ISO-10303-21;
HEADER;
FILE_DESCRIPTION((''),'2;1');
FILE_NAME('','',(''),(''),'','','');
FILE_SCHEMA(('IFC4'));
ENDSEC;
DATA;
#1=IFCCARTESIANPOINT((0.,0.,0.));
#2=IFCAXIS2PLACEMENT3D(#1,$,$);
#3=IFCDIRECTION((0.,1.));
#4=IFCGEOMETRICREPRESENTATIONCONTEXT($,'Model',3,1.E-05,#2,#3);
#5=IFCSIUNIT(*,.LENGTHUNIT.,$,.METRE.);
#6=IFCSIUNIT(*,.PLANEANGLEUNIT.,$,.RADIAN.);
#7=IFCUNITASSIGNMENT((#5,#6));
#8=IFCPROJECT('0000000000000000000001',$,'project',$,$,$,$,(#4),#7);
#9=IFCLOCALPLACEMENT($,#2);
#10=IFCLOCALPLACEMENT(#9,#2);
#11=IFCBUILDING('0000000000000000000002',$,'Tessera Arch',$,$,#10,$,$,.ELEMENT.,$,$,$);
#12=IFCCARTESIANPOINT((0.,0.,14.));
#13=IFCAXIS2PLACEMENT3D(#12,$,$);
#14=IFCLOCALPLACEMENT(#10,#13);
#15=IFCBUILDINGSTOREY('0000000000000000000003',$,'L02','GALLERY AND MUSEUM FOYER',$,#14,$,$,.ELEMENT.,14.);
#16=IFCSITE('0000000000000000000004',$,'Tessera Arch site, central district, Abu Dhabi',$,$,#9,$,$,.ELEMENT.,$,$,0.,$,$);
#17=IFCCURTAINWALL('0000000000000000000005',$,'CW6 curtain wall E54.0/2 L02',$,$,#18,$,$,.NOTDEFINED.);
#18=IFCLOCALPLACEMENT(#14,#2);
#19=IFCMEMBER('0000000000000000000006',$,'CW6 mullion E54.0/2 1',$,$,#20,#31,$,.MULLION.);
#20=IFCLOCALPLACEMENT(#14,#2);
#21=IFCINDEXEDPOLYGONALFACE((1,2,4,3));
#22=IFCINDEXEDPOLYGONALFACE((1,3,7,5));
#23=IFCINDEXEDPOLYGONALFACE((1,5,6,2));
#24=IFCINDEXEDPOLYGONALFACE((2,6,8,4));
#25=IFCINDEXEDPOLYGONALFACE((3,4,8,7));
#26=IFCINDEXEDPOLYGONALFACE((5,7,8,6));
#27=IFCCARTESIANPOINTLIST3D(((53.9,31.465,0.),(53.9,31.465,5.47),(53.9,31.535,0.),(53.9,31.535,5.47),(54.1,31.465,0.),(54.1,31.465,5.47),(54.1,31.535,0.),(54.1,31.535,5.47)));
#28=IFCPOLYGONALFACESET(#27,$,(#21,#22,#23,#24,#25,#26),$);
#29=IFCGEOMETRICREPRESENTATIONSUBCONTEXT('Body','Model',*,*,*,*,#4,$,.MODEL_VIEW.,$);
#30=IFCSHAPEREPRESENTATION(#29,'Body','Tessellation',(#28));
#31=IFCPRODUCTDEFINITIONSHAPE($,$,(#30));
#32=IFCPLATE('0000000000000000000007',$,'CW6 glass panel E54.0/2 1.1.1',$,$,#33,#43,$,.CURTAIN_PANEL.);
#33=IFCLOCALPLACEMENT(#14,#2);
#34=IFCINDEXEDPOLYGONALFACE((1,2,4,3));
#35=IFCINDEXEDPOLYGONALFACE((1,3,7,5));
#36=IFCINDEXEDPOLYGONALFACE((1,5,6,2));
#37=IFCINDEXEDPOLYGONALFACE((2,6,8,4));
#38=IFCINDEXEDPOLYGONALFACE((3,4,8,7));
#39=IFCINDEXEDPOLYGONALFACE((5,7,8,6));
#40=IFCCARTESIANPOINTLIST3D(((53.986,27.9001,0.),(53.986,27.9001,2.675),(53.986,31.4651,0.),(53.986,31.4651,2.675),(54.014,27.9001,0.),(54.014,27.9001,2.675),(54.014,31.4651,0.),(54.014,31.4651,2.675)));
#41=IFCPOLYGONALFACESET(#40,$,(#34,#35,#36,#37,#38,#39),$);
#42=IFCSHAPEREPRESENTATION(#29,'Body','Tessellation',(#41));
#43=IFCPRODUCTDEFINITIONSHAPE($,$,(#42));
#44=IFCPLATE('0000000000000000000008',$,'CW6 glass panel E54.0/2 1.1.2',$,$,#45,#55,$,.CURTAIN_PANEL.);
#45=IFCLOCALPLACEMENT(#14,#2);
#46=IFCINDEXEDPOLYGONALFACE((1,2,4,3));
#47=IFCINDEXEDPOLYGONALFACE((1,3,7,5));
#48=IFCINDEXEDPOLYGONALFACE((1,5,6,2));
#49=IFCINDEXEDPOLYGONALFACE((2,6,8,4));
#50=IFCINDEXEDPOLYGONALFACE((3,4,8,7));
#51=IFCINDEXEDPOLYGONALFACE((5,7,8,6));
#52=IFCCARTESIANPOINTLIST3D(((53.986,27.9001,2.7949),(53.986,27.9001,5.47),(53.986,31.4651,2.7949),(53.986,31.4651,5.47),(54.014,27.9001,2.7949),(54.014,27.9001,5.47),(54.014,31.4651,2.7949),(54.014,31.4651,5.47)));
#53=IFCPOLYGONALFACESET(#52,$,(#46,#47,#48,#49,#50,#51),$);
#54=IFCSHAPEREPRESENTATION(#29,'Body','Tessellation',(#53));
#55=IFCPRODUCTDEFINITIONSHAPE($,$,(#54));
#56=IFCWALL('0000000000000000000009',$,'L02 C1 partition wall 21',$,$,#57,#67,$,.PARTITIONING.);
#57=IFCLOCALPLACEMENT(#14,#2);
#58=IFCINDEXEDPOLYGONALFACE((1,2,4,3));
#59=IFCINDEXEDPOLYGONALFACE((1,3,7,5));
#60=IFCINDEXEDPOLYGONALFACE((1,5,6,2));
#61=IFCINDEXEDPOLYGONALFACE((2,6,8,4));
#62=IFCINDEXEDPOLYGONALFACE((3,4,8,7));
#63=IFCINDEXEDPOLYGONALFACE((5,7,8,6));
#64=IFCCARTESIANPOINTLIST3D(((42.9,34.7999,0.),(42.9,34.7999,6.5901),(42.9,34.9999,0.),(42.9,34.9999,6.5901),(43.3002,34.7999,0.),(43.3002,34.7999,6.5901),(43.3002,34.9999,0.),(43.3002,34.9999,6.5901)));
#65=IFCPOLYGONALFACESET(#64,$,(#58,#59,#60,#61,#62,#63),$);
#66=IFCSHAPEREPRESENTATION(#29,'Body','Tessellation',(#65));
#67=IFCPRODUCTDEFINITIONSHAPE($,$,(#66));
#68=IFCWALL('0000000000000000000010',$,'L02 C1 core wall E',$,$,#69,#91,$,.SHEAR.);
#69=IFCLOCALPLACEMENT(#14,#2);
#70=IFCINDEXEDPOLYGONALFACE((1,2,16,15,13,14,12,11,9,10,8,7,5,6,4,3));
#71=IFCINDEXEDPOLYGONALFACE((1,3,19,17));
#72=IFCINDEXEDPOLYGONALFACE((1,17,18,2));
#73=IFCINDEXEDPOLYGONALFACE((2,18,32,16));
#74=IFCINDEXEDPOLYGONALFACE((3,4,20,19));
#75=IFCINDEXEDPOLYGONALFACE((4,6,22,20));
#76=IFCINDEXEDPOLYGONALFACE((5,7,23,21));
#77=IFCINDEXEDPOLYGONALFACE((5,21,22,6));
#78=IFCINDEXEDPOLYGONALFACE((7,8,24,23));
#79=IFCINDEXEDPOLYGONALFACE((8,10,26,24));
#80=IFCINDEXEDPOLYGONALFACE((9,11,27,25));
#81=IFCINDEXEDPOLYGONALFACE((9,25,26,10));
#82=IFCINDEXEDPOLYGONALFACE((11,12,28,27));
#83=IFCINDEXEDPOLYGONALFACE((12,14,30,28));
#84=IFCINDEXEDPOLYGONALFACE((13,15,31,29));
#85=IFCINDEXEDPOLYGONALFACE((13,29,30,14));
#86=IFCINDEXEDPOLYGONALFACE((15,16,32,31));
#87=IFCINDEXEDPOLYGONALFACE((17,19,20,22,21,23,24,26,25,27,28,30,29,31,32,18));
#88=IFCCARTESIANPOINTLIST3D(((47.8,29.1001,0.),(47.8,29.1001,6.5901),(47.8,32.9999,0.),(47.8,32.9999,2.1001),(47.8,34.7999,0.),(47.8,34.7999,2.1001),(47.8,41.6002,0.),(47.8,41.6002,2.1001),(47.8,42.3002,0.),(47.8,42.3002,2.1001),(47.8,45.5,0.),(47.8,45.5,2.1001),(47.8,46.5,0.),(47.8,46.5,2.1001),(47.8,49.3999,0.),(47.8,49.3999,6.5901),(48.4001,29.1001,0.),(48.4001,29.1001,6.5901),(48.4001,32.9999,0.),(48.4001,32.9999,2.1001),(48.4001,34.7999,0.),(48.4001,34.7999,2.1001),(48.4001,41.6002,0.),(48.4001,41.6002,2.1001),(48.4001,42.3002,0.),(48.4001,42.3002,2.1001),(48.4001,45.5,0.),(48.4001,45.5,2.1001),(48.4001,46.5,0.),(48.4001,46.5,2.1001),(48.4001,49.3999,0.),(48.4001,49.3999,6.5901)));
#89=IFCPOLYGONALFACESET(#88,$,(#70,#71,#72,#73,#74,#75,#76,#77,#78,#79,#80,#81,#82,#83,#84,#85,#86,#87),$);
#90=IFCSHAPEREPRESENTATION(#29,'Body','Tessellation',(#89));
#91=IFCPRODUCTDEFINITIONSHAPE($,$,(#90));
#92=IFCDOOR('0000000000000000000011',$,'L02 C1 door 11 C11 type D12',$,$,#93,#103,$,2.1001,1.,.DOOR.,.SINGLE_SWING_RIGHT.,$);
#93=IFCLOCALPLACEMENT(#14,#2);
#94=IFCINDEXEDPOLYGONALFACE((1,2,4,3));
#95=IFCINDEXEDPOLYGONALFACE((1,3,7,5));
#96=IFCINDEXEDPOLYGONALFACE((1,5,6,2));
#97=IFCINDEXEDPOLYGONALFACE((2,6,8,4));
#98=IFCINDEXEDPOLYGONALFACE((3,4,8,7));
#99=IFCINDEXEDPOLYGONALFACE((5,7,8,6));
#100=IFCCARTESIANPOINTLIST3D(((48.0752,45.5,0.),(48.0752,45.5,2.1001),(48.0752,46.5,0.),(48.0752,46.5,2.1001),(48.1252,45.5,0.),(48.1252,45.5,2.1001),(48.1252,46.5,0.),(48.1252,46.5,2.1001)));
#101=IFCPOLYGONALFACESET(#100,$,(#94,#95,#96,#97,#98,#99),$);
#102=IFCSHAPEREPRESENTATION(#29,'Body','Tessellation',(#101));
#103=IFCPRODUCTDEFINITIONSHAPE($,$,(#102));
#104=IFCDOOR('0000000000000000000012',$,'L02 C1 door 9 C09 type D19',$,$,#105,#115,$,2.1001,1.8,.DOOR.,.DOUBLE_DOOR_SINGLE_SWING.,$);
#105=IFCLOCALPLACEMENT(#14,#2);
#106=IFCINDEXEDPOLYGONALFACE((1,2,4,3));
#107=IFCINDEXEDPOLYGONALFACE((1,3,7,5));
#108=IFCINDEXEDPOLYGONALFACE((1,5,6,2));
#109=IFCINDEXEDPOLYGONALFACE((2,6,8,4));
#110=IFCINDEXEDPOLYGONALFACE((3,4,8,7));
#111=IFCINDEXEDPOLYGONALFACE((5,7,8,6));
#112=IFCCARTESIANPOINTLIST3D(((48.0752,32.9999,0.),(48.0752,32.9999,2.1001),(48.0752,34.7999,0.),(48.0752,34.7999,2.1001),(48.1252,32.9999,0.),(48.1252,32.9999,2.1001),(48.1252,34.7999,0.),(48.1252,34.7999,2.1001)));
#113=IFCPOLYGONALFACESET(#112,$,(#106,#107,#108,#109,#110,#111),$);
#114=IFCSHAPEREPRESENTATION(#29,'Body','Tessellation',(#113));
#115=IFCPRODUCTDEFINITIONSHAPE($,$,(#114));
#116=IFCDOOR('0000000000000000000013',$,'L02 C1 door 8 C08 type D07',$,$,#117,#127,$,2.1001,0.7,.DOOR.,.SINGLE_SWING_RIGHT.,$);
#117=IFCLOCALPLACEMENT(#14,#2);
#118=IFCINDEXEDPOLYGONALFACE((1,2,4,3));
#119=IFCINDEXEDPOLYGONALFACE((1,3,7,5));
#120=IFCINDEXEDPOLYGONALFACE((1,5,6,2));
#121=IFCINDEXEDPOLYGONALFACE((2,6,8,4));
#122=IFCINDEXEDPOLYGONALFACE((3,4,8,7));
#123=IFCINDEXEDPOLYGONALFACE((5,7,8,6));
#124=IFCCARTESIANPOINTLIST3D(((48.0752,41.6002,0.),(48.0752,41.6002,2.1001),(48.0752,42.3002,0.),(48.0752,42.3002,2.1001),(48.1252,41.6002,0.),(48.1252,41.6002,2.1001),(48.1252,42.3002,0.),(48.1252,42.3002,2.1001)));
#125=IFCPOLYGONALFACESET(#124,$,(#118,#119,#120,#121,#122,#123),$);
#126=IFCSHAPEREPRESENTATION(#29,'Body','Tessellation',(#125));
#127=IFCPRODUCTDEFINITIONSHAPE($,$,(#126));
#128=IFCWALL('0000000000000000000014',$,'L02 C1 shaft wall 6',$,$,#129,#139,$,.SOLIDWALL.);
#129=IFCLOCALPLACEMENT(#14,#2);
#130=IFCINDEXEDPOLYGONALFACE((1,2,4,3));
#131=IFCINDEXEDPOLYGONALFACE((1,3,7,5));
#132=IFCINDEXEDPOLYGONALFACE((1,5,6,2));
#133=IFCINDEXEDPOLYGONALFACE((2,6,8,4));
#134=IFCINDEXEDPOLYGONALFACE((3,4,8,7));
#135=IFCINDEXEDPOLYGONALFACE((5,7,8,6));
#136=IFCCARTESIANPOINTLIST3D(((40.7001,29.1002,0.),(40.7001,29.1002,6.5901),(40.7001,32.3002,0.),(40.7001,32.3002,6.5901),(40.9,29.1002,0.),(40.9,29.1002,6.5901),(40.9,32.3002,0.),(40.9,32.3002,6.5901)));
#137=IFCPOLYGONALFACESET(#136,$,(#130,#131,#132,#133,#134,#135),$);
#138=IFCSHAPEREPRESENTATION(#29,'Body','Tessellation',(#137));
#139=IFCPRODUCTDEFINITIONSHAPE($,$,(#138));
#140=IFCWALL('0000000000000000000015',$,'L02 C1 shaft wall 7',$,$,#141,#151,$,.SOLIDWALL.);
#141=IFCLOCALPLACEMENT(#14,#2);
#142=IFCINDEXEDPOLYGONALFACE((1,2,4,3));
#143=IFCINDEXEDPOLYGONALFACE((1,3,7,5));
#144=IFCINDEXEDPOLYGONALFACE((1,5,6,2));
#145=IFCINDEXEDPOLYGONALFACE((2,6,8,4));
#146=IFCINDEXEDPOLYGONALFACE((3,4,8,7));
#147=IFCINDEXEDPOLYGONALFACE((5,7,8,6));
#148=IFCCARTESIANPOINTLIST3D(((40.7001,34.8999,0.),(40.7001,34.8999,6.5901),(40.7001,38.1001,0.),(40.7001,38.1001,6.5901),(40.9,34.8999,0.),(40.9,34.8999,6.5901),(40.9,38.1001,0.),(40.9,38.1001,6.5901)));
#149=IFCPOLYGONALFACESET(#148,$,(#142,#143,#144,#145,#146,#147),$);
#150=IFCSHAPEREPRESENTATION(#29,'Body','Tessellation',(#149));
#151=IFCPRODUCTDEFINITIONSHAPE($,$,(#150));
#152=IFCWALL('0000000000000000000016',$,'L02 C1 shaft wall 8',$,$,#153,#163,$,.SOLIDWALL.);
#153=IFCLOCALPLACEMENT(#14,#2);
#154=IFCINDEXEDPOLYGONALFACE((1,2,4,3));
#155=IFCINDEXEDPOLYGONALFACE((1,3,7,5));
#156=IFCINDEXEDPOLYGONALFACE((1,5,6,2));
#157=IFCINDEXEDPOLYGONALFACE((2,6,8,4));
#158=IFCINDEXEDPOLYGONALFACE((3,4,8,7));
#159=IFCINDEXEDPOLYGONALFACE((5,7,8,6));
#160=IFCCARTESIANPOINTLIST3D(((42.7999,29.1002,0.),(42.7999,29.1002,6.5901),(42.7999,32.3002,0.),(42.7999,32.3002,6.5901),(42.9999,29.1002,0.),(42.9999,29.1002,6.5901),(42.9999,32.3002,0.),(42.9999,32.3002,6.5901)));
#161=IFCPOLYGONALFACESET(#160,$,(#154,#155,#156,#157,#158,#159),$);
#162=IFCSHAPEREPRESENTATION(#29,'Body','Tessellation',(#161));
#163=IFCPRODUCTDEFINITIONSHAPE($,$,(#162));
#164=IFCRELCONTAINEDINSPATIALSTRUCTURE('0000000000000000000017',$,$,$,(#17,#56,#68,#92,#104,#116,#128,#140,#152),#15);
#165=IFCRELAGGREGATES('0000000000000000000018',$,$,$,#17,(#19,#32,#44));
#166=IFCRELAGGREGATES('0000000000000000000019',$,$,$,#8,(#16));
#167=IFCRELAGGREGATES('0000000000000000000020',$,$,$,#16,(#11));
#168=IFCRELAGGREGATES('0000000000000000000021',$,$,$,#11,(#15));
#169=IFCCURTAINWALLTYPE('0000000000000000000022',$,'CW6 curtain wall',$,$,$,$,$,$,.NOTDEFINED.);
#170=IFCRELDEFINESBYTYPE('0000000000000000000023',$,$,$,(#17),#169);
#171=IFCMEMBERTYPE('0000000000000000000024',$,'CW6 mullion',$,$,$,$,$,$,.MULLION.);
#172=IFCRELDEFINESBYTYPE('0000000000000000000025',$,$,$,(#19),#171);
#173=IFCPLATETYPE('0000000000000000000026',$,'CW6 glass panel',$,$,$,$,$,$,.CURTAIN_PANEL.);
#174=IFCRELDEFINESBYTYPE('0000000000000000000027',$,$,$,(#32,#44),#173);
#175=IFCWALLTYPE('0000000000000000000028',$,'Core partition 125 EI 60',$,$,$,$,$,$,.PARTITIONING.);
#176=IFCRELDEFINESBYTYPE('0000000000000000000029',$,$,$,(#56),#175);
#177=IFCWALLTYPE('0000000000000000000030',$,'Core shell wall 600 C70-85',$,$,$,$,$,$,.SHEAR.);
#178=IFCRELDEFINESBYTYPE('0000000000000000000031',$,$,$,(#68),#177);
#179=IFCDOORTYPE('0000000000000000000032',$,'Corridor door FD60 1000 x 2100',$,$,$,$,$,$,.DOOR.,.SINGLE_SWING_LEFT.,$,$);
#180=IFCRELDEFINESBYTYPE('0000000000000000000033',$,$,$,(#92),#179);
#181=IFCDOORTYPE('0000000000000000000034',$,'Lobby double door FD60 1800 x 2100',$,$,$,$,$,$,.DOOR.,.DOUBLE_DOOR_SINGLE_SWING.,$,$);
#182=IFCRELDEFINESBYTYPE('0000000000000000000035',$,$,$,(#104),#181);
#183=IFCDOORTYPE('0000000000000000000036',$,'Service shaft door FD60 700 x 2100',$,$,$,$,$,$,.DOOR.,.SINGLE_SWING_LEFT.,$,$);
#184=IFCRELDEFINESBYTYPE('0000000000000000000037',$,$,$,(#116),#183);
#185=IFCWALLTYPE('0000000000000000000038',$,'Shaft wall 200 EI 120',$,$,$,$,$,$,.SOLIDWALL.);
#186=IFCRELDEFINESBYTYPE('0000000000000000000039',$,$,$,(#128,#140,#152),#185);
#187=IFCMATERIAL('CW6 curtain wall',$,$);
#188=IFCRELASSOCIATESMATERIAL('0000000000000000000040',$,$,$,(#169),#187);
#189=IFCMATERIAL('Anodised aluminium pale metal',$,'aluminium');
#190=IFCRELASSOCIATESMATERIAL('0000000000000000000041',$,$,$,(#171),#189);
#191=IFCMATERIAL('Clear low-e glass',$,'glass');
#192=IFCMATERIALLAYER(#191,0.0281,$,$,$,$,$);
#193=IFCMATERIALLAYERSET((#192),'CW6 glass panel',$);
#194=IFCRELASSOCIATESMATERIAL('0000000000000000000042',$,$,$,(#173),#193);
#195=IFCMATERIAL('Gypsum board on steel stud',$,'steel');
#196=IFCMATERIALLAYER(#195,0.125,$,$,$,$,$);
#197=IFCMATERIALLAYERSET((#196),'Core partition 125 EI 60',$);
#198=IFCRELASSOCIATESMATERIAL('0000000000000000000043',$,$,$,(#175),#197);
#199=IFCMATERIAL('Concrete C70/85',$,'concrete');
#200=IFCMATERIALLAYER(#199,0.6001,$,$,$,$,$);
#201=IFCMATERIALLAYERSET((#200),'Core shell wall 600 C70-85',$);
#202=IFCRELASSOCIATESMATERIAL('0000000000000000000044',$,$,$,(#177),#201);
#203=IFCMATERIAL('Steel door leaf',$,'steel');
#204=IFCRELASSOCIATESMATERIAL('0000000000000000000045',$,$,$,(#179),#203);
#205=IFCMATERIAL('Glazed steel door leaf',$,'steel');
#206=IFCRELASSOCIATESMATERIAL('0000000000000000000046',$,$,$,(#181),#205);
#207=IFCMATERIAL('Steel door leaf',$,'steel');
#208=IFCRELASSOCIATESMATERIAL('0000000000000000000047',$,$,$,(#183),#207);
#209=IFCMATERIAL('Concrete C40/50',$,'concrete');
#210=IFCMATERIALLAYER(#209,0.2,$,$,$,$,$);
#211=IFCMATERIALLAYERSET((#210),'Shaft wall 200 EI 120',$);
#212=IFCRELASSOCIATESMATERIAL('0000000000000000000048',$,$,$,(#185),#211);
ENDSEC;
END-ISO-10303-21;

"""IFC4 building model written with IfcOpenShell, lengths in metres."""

from ifc_helpers import new_model, si_unit, direction, frame, frame_2d, origin, origin_2d, place, context, subcontext, project, spatial, rectangle, extrude, material, layer, layer_set, material_profile, profile_set, type_object, element, fill, aggregate, save


model = new_model("IFC4")

# Units and contexts
model_context = context("Model", 3, precision=1e-05, world=origin(), true_north=direction((0.0, 1.0)))
body_context = subcontext(model_context, "Body", "Model", "MODEL_VIEW")
ifc_project = project(units=[si_unit("LENGTHUNIT", "METRE"), si_unit("PLANEANGLEUNIT", "RADIAN")], contexts=[model_context])

# Site, building, storey
site_placement = place(None, origin())
site = spatial("IfcSite", under=ifc_project, at=site_placement, Name="Tessera Arch site, central district, Abu Dhabi", CompositionType="ELEMENT", RefElevation=0.0)
building_placement = place(site_placement, origin())
building = spatial("IfcBuilding", under=site, at=building_placement, Name="Tessera Arch", CompositionType="ELEMENT")
storey_placement = place(building_placement, frame((0.0, 0.0, 14.0)))
storey = spatial("IfcBuildingStorey", under=building, at=storey_placement, Name="L02", Description="GALLERY AND MUSEUM FOYER", CompositionType="ELEMENT", Elevation=14.0)

# Curtain wall, member, plates
ifc_material_1 = material(Name="CW6 curtain wall")
curtain_wall_type = type_object("IfcCurtainWallType", Name="CW6 curtain wall", PredefinedType="NOTDEFINED", material=ifc_material_1)
curtain_wall_placement = place(storey_placement, origin())
curtain_wall = element("IfcCurtainWall", 1, at=curtain_wall_placement, inside=storey, type_object=curtain_wall_type, Name="CW6 curtain wall E54.0/2 L02", PredefinedType="NOTDEFINED")
ifc_material_2 = material(Name="Anodised aluminium pale metal", Category="aluminium")
ifc_material_profile = material_profile(ifc_material_2, rectangle(XDim=0.2, YDim=0.0701, at=origin_2d()), Name="AL 70x200")
ifc_profile_set = profile_set([ifc_material_profile], Name="Anodised aluminium pale metal")
member_type = type_object("IfcMemberType", Name="CW6 mullion", PredefinedType="MULLION", material=ifc_profile_set)
member_placement = place(storey_placement, frame((54.0, 31.5, 0.0), z_axis=(0.0, 0.0, 1.0), x_axis=(-1.0, 0.0, 0.0)))
member = element("IfcMember", 2, at=member_placement, type_object=member_type, Name="CW6 mullion E54.0/2 1", PredefinedType="MULLION", context=body_context, shape_type="SweptSolid", body=[
    extrude(rectangle(XDim=0.2, YDim=0.0701, at=origin_2d()), origin(), (0.0, 0.0, 1.0), 5.47),
])
ifc_material_3 = material(Name="Clear low-e glass", Category="glass")
ifc_layer_1 = layer(ifc_material_3, 0.0281)
ifc_layer_set_1 = layer_set([ifc_layer_1], Name="CW6 glass panel")
plate_type = type_object("IfcPlateType", Name="CW6 glass panel", PredefinedType="CURTAIN_PANEL", material=ifc_layer_set_1)
plate_1_placement = place(storey_placement, frame((54.0, 29.6826, 0.0), z_axis=(0.0, 0.0, 1.0), x_axis=(0.0, 1.0, 0.0)))
plate_1 = element("IfcPlate", 3, at=plate_1_placement, type_object=plate_type, Name="CW6 glass panel E54.0/2 1.1.1", PredefinedType="CURTAIN_PANEL", context=body_context, shape_type="SweptSolid", body=[
    extrude(rectangle(XDim=3.5649, YDim=0.0281, at=origin_2d()), origin(), (0.0, 0.0, 1.0), 2.675),
])
plate_2_placement = place(storey_placement, frame((54.0, 29.6826, 2.7949), z_axis=(0.0, 0.0, 1.0), x_axis=(0.0, 1.0, 0.0)))
plate_2 = element("IfcPlate", 4, at=plate_2_placement, type_object=plate_type, Name="CW6 glass panel E54.0/2 1.1.2", PredefinedType="CURTAIN_PANEL", context=body_context, shape_type="SweptSolid", body=[
    extrude(rectangle(XDim=3.5649, YDim=0.0281, at=origin_2d()), origin(), (0.0, 0.0, 1.0), 2.675),
])
aggregate(curtain_wall, [member, plate_1, plate_2])

# Wall
ifc_material_4 = material(Name="Gypsum board on steel stud", Category="steel")
ifc_layer_2 = layer(ifc_material_4, 0.125)
ifc_layer_set_2 = layer_set([ifc_layer_2], Name="Core partition 125 EI 60")
wall_type_1 = type_object("IfcWallType", Name="Core partition 125 EI 60", PredefinedType="PARTITIONING", material=ifc_layer_set_2)
wall_1_placement = place(storey_placement, frame((42.8999, 34.8999, 0.0), z_axis=(0.0, 0.0, 1.0), x_axis=(1.0, 0.0, 0.0)))
element("IfcWall", 5, at=wall_1_placement, inside=storey, type_object=wall_type_1, Name="L02 C1 partition wall 21", PredefinedType="PARTITIONING", context=body_context, shape_type="SweptSolid", body=[
    extrude(rectangle(XDim=0.4001, YDim=0.2, at=frame_2d((0.2002, 0.0))), origin(), (0.0, 0.0, 1.0), 6.5901),
])

# Wall, openings, doors
ifc_material_5 = material(Name="Concrete C70/85", Category="concrete")
ifc_layer_3 = layer(ifc_material_5, 0.6001)
ifc_layer_set_3 = layer_set([ifc_layer_3], Name="Core shell wall 600 C70-85")
wall_type_2 = type_object("IfcWallType", Name="Core shell wall 600 C70-85", PredefinedType="SHEAR", material=ifc_layer_set_3)
wall_2_placement = place(storey_placement, frame((48.1001, 29.1001, 0.0), z_axis=(0.0, 0.0, 1.0), x_axis=(0.0, 1.0, 0.0)))
wall_2 = element("IfcWall", 6, at=wall_2_placement, inside=storey, type_object=wall_type_2, Name="L02 C1 core wall E", PredefinedType="SHEAR", context=body_context, shape_type="SweptSolid", body=[
    extrude(rectangle(XDim=20.2998, YDim=0.6001, at=frame_2d((10.1499, 0.0))), origin(), (0.0, 0.0, 1.0), 6.5901),
])
opening_1_placement = place(wall_2_placement, frame((12.5, 0.0, 0.0)))
opening_1 = element("IfcOpeningElement", 7, at=opening_1_placement, cuts=wall_2, PredefinedType="OPENING", context=body_context, shape_type="SweptSolid", body=[
    extrude(rectangle(XDim=0.7, YDim=2.1001, at=frame_2d((0.3501, 1.05))), frame((0.0, 0.3101, 0.0), z_axis=(0.0, -1.0, 0.0), x_axis=(1.0, 0.0, 0.0)), (0.0, 0.0, 1.0), 0.6201),
])
opening_2_placement = place(wall_2_placement, frame((3.8999, 0.0, 0.0)))
opening_2 = element("IfcOpeningElement", 8, at=opening_2_placement, cuts=wall_2, PredefinedType="OPENING", context=body_context, shape_type="SweptSolid", body=[
    extrude(rectangle(XDim=1.8, YDim=2.1001, at=frame_2d((0.8999, 1.05))), frame((0.0, 0.3101, 0.0), z_axis=(0.0, -1.0, 0.0), x_axis=(1.0, 0.0, 0.0)), (0.0, 0.0, 1.0), 0.6201),
])
opening_3_placement = place(wall_2_placement, frame((16.3999, 0.0, 0.0)))
opening_3 = element("IfcOpeningElement", 9, at=opening_3_placement, cuts=wall_2, PredefinedType="OPENING", context=body_context, shape_type="SweptSolid", body=[
    extrude(rectangle(XDim=1.0, YDim=2.1001, at=frame_2d((0.5, 1.05))), frame((0.0, 0.3101, 0.0), z_axis=(0.0, -1.0, 0.0), x_axis=(1.0, 0.0, 0.0)), (0.0, 0.0, 1.0), 0.6201),
])
ifc_material_6 = material(Name="Steel door leaf", Category="steel")
door_type_1 = type_object("IfcDoorType", Name="Corridor door FD60 1000 x 2100", OperationType="SINGLE_SWING_LEFT", PredefinedType="DOOR", material=ifc_material_6)
door_1_placement = place(opening_3_placement, origin())
door_1 = element("IfcDoor", 10, at=door_1_placement, inside=storey, type_object=door_type_1, Name="L02 C1 door 11 C11 type D12", OperationType="SINGLE_SWING_RIGHT", OverallHeight=2.1001, OverallWidth=1.0, PredefinedType="DOOR", context=body_context, shape_type="SweptSolid", body=[
    extrude(rectangle(XDim=1.0, YDim=2.1001, at=frame_2d((0.5, 1.05))), frame((0.0, 0.0249, 0.0), z_axis=(0.0, -1.0, 0.0), x_axis=(1.0, 0.0, 0.0)), (0.0, 0.0, 1.0), 0.05),
])
fill(opening_3, door_1)
ifc_material_7 = material(Name="Glazed steel door leaf", Category="steel")
door_type_2 = type_object("IfcDoorType", Name="Lobby double door FD60 1800 x 2100", OperationType="DOUBLE_DOOR_SINGLE_SWING", PredefinedType="DOOR", material=ifc_material_7)
door_2_placement = place(opening_2_placement, origin())
door_2 = element("IfcDoor", 11, at=door_2_placement, inside=storey, type_object=door_type_2, Name="L02 C1 door 9 C09 type D19", OperationType="DOUBLE_DOOR_SINGLE_SWING", OverallHeight=2.1001, OverallWidth=1.8, PredefinedType="DOOR", context=body_context, shape_type="SweptSolid", body=[
    extrude(rectangle(XDim=1.8, YDim=2.1001, at=frame_2d((0.8999, 1.05))), frame((0.0, 0.0249, 0.0), z_axis=(0.0, -1.0, 0.0), x_axis=(1.0, 0.0, 0.0)), (0.0, 0.0, 1.0), 0.05),
])
fill(opening_2, door_2)
ifc_material_8 = material(Name="Steel door leaf", Category="steel")
door_type_3 = type_object("IfcDoorType", Name="Service shaft door FD60 700 x 2100", OperationType="SINGLE_SWING_LEFT", PredefinedType="DOOR", material=ifc_material_8)
door_3_placement = place(opening_1_placement, origin())
door_3 = element("IfcDoor", 12, at=door_3_placement, inside=storey, type_object=door_type_3, Name="L02 C1 door 8 C08 type D07", OperationType="SINGLE_SWING_RIGHT", OverallHeight=2.1001, OverallWidth=0.7, PredefinedType="DOOR", context=body_context, shape_type="SweptSolid", body=[
    extrude(rectangle(XDim=0.7, YDim=2.1001, at=frame_2d((0.3501, 1.05))), frame((0.0, 0.0249, 0.0), z_axis=(0.0, -1.0, 0.0), x_axis=(1.0, 0.0, 0.0)), (0.0, 0.0, 1.0), 0.05),
])
fill(opening_1, door_3)

# Walls
ifc_material_9 = material(Name="Concrete C40/50", Category="concrete")
ifc_layer_4 = layer(ifc_material_9, 0.2)
ifc_layer_set_4 = layer_set([ifc_layer_4], Name="Shaft wall 200 EI 120")
wall_type_3 = type_object("IfcWallType", Name="Shaft wall 200 EI 120", PredefinedType="SOLIDWALL", material=ifc_layer_set_4)
wall_3_placement = place(storey_placement, frame((40.8, 29.1001, 0.0), z_axis=(0.0, 0.0, 1.0), x_axis=(0.0, 1.0, 0.0)))
element("IfcWall", 13, at=wall_3_placement, inside=storey, type_object=wall_type_3, Name="L02 C1 shaft wall 6", PredefinedType="SOLIDWALL", context=body_context, shape_type="SweptSolid", body=[
    extrude(rectangle(XDim=3.2, YDim=0.2, at=frame_2d((1.6001, 0.0))), origin(), (0.0, 0.0, 1.0), 6.5901),
])
wall_4_placement = place(storey_placement, frame((40.8, 34.8999, 0.0), z_axis=(0.0, 0.0, 1.0), x_axis=(0.0, 1.0, 0.0)))
element("IfcWall", 14, at=wall_4_placement, inside=storey, type_object=wall_type_3, Name="L02 C1 shaft wall 7", PredefinedType="SOLIDWALL", context=body_context, shape_type="SweptSolid", body=[
    extrude(rectangle(XDim=3.2002, YDim=0.2, at=frame_2d((1.6001, 0.0))), origin(), (0.0, 0.0, 1.0), 6.5901),
])
wall_5_placement = place(storey_placement, frame((42.8999, 29.1001, 0.0), z_axis=(0.0, 0.0, 1.0), x_axis=(0.0, 1.0, 0.0)))
element("IfcWall", 15, at=wall_5_placement, inside=storey, type_object=wall_type_3, Name="L02 C1 shaft wall 8", PredefinedType="SOLIDWALL", context=body_context, shape_type="SweptSolid", body=[
    extrude(rectangle(XDim=3.2, YDim=0.2, at=frame_2d((1.6001, 0.0))), origin(), (0.0, 0.0, 1.0), 6.5901),
])

save(model, "model.ifc")
